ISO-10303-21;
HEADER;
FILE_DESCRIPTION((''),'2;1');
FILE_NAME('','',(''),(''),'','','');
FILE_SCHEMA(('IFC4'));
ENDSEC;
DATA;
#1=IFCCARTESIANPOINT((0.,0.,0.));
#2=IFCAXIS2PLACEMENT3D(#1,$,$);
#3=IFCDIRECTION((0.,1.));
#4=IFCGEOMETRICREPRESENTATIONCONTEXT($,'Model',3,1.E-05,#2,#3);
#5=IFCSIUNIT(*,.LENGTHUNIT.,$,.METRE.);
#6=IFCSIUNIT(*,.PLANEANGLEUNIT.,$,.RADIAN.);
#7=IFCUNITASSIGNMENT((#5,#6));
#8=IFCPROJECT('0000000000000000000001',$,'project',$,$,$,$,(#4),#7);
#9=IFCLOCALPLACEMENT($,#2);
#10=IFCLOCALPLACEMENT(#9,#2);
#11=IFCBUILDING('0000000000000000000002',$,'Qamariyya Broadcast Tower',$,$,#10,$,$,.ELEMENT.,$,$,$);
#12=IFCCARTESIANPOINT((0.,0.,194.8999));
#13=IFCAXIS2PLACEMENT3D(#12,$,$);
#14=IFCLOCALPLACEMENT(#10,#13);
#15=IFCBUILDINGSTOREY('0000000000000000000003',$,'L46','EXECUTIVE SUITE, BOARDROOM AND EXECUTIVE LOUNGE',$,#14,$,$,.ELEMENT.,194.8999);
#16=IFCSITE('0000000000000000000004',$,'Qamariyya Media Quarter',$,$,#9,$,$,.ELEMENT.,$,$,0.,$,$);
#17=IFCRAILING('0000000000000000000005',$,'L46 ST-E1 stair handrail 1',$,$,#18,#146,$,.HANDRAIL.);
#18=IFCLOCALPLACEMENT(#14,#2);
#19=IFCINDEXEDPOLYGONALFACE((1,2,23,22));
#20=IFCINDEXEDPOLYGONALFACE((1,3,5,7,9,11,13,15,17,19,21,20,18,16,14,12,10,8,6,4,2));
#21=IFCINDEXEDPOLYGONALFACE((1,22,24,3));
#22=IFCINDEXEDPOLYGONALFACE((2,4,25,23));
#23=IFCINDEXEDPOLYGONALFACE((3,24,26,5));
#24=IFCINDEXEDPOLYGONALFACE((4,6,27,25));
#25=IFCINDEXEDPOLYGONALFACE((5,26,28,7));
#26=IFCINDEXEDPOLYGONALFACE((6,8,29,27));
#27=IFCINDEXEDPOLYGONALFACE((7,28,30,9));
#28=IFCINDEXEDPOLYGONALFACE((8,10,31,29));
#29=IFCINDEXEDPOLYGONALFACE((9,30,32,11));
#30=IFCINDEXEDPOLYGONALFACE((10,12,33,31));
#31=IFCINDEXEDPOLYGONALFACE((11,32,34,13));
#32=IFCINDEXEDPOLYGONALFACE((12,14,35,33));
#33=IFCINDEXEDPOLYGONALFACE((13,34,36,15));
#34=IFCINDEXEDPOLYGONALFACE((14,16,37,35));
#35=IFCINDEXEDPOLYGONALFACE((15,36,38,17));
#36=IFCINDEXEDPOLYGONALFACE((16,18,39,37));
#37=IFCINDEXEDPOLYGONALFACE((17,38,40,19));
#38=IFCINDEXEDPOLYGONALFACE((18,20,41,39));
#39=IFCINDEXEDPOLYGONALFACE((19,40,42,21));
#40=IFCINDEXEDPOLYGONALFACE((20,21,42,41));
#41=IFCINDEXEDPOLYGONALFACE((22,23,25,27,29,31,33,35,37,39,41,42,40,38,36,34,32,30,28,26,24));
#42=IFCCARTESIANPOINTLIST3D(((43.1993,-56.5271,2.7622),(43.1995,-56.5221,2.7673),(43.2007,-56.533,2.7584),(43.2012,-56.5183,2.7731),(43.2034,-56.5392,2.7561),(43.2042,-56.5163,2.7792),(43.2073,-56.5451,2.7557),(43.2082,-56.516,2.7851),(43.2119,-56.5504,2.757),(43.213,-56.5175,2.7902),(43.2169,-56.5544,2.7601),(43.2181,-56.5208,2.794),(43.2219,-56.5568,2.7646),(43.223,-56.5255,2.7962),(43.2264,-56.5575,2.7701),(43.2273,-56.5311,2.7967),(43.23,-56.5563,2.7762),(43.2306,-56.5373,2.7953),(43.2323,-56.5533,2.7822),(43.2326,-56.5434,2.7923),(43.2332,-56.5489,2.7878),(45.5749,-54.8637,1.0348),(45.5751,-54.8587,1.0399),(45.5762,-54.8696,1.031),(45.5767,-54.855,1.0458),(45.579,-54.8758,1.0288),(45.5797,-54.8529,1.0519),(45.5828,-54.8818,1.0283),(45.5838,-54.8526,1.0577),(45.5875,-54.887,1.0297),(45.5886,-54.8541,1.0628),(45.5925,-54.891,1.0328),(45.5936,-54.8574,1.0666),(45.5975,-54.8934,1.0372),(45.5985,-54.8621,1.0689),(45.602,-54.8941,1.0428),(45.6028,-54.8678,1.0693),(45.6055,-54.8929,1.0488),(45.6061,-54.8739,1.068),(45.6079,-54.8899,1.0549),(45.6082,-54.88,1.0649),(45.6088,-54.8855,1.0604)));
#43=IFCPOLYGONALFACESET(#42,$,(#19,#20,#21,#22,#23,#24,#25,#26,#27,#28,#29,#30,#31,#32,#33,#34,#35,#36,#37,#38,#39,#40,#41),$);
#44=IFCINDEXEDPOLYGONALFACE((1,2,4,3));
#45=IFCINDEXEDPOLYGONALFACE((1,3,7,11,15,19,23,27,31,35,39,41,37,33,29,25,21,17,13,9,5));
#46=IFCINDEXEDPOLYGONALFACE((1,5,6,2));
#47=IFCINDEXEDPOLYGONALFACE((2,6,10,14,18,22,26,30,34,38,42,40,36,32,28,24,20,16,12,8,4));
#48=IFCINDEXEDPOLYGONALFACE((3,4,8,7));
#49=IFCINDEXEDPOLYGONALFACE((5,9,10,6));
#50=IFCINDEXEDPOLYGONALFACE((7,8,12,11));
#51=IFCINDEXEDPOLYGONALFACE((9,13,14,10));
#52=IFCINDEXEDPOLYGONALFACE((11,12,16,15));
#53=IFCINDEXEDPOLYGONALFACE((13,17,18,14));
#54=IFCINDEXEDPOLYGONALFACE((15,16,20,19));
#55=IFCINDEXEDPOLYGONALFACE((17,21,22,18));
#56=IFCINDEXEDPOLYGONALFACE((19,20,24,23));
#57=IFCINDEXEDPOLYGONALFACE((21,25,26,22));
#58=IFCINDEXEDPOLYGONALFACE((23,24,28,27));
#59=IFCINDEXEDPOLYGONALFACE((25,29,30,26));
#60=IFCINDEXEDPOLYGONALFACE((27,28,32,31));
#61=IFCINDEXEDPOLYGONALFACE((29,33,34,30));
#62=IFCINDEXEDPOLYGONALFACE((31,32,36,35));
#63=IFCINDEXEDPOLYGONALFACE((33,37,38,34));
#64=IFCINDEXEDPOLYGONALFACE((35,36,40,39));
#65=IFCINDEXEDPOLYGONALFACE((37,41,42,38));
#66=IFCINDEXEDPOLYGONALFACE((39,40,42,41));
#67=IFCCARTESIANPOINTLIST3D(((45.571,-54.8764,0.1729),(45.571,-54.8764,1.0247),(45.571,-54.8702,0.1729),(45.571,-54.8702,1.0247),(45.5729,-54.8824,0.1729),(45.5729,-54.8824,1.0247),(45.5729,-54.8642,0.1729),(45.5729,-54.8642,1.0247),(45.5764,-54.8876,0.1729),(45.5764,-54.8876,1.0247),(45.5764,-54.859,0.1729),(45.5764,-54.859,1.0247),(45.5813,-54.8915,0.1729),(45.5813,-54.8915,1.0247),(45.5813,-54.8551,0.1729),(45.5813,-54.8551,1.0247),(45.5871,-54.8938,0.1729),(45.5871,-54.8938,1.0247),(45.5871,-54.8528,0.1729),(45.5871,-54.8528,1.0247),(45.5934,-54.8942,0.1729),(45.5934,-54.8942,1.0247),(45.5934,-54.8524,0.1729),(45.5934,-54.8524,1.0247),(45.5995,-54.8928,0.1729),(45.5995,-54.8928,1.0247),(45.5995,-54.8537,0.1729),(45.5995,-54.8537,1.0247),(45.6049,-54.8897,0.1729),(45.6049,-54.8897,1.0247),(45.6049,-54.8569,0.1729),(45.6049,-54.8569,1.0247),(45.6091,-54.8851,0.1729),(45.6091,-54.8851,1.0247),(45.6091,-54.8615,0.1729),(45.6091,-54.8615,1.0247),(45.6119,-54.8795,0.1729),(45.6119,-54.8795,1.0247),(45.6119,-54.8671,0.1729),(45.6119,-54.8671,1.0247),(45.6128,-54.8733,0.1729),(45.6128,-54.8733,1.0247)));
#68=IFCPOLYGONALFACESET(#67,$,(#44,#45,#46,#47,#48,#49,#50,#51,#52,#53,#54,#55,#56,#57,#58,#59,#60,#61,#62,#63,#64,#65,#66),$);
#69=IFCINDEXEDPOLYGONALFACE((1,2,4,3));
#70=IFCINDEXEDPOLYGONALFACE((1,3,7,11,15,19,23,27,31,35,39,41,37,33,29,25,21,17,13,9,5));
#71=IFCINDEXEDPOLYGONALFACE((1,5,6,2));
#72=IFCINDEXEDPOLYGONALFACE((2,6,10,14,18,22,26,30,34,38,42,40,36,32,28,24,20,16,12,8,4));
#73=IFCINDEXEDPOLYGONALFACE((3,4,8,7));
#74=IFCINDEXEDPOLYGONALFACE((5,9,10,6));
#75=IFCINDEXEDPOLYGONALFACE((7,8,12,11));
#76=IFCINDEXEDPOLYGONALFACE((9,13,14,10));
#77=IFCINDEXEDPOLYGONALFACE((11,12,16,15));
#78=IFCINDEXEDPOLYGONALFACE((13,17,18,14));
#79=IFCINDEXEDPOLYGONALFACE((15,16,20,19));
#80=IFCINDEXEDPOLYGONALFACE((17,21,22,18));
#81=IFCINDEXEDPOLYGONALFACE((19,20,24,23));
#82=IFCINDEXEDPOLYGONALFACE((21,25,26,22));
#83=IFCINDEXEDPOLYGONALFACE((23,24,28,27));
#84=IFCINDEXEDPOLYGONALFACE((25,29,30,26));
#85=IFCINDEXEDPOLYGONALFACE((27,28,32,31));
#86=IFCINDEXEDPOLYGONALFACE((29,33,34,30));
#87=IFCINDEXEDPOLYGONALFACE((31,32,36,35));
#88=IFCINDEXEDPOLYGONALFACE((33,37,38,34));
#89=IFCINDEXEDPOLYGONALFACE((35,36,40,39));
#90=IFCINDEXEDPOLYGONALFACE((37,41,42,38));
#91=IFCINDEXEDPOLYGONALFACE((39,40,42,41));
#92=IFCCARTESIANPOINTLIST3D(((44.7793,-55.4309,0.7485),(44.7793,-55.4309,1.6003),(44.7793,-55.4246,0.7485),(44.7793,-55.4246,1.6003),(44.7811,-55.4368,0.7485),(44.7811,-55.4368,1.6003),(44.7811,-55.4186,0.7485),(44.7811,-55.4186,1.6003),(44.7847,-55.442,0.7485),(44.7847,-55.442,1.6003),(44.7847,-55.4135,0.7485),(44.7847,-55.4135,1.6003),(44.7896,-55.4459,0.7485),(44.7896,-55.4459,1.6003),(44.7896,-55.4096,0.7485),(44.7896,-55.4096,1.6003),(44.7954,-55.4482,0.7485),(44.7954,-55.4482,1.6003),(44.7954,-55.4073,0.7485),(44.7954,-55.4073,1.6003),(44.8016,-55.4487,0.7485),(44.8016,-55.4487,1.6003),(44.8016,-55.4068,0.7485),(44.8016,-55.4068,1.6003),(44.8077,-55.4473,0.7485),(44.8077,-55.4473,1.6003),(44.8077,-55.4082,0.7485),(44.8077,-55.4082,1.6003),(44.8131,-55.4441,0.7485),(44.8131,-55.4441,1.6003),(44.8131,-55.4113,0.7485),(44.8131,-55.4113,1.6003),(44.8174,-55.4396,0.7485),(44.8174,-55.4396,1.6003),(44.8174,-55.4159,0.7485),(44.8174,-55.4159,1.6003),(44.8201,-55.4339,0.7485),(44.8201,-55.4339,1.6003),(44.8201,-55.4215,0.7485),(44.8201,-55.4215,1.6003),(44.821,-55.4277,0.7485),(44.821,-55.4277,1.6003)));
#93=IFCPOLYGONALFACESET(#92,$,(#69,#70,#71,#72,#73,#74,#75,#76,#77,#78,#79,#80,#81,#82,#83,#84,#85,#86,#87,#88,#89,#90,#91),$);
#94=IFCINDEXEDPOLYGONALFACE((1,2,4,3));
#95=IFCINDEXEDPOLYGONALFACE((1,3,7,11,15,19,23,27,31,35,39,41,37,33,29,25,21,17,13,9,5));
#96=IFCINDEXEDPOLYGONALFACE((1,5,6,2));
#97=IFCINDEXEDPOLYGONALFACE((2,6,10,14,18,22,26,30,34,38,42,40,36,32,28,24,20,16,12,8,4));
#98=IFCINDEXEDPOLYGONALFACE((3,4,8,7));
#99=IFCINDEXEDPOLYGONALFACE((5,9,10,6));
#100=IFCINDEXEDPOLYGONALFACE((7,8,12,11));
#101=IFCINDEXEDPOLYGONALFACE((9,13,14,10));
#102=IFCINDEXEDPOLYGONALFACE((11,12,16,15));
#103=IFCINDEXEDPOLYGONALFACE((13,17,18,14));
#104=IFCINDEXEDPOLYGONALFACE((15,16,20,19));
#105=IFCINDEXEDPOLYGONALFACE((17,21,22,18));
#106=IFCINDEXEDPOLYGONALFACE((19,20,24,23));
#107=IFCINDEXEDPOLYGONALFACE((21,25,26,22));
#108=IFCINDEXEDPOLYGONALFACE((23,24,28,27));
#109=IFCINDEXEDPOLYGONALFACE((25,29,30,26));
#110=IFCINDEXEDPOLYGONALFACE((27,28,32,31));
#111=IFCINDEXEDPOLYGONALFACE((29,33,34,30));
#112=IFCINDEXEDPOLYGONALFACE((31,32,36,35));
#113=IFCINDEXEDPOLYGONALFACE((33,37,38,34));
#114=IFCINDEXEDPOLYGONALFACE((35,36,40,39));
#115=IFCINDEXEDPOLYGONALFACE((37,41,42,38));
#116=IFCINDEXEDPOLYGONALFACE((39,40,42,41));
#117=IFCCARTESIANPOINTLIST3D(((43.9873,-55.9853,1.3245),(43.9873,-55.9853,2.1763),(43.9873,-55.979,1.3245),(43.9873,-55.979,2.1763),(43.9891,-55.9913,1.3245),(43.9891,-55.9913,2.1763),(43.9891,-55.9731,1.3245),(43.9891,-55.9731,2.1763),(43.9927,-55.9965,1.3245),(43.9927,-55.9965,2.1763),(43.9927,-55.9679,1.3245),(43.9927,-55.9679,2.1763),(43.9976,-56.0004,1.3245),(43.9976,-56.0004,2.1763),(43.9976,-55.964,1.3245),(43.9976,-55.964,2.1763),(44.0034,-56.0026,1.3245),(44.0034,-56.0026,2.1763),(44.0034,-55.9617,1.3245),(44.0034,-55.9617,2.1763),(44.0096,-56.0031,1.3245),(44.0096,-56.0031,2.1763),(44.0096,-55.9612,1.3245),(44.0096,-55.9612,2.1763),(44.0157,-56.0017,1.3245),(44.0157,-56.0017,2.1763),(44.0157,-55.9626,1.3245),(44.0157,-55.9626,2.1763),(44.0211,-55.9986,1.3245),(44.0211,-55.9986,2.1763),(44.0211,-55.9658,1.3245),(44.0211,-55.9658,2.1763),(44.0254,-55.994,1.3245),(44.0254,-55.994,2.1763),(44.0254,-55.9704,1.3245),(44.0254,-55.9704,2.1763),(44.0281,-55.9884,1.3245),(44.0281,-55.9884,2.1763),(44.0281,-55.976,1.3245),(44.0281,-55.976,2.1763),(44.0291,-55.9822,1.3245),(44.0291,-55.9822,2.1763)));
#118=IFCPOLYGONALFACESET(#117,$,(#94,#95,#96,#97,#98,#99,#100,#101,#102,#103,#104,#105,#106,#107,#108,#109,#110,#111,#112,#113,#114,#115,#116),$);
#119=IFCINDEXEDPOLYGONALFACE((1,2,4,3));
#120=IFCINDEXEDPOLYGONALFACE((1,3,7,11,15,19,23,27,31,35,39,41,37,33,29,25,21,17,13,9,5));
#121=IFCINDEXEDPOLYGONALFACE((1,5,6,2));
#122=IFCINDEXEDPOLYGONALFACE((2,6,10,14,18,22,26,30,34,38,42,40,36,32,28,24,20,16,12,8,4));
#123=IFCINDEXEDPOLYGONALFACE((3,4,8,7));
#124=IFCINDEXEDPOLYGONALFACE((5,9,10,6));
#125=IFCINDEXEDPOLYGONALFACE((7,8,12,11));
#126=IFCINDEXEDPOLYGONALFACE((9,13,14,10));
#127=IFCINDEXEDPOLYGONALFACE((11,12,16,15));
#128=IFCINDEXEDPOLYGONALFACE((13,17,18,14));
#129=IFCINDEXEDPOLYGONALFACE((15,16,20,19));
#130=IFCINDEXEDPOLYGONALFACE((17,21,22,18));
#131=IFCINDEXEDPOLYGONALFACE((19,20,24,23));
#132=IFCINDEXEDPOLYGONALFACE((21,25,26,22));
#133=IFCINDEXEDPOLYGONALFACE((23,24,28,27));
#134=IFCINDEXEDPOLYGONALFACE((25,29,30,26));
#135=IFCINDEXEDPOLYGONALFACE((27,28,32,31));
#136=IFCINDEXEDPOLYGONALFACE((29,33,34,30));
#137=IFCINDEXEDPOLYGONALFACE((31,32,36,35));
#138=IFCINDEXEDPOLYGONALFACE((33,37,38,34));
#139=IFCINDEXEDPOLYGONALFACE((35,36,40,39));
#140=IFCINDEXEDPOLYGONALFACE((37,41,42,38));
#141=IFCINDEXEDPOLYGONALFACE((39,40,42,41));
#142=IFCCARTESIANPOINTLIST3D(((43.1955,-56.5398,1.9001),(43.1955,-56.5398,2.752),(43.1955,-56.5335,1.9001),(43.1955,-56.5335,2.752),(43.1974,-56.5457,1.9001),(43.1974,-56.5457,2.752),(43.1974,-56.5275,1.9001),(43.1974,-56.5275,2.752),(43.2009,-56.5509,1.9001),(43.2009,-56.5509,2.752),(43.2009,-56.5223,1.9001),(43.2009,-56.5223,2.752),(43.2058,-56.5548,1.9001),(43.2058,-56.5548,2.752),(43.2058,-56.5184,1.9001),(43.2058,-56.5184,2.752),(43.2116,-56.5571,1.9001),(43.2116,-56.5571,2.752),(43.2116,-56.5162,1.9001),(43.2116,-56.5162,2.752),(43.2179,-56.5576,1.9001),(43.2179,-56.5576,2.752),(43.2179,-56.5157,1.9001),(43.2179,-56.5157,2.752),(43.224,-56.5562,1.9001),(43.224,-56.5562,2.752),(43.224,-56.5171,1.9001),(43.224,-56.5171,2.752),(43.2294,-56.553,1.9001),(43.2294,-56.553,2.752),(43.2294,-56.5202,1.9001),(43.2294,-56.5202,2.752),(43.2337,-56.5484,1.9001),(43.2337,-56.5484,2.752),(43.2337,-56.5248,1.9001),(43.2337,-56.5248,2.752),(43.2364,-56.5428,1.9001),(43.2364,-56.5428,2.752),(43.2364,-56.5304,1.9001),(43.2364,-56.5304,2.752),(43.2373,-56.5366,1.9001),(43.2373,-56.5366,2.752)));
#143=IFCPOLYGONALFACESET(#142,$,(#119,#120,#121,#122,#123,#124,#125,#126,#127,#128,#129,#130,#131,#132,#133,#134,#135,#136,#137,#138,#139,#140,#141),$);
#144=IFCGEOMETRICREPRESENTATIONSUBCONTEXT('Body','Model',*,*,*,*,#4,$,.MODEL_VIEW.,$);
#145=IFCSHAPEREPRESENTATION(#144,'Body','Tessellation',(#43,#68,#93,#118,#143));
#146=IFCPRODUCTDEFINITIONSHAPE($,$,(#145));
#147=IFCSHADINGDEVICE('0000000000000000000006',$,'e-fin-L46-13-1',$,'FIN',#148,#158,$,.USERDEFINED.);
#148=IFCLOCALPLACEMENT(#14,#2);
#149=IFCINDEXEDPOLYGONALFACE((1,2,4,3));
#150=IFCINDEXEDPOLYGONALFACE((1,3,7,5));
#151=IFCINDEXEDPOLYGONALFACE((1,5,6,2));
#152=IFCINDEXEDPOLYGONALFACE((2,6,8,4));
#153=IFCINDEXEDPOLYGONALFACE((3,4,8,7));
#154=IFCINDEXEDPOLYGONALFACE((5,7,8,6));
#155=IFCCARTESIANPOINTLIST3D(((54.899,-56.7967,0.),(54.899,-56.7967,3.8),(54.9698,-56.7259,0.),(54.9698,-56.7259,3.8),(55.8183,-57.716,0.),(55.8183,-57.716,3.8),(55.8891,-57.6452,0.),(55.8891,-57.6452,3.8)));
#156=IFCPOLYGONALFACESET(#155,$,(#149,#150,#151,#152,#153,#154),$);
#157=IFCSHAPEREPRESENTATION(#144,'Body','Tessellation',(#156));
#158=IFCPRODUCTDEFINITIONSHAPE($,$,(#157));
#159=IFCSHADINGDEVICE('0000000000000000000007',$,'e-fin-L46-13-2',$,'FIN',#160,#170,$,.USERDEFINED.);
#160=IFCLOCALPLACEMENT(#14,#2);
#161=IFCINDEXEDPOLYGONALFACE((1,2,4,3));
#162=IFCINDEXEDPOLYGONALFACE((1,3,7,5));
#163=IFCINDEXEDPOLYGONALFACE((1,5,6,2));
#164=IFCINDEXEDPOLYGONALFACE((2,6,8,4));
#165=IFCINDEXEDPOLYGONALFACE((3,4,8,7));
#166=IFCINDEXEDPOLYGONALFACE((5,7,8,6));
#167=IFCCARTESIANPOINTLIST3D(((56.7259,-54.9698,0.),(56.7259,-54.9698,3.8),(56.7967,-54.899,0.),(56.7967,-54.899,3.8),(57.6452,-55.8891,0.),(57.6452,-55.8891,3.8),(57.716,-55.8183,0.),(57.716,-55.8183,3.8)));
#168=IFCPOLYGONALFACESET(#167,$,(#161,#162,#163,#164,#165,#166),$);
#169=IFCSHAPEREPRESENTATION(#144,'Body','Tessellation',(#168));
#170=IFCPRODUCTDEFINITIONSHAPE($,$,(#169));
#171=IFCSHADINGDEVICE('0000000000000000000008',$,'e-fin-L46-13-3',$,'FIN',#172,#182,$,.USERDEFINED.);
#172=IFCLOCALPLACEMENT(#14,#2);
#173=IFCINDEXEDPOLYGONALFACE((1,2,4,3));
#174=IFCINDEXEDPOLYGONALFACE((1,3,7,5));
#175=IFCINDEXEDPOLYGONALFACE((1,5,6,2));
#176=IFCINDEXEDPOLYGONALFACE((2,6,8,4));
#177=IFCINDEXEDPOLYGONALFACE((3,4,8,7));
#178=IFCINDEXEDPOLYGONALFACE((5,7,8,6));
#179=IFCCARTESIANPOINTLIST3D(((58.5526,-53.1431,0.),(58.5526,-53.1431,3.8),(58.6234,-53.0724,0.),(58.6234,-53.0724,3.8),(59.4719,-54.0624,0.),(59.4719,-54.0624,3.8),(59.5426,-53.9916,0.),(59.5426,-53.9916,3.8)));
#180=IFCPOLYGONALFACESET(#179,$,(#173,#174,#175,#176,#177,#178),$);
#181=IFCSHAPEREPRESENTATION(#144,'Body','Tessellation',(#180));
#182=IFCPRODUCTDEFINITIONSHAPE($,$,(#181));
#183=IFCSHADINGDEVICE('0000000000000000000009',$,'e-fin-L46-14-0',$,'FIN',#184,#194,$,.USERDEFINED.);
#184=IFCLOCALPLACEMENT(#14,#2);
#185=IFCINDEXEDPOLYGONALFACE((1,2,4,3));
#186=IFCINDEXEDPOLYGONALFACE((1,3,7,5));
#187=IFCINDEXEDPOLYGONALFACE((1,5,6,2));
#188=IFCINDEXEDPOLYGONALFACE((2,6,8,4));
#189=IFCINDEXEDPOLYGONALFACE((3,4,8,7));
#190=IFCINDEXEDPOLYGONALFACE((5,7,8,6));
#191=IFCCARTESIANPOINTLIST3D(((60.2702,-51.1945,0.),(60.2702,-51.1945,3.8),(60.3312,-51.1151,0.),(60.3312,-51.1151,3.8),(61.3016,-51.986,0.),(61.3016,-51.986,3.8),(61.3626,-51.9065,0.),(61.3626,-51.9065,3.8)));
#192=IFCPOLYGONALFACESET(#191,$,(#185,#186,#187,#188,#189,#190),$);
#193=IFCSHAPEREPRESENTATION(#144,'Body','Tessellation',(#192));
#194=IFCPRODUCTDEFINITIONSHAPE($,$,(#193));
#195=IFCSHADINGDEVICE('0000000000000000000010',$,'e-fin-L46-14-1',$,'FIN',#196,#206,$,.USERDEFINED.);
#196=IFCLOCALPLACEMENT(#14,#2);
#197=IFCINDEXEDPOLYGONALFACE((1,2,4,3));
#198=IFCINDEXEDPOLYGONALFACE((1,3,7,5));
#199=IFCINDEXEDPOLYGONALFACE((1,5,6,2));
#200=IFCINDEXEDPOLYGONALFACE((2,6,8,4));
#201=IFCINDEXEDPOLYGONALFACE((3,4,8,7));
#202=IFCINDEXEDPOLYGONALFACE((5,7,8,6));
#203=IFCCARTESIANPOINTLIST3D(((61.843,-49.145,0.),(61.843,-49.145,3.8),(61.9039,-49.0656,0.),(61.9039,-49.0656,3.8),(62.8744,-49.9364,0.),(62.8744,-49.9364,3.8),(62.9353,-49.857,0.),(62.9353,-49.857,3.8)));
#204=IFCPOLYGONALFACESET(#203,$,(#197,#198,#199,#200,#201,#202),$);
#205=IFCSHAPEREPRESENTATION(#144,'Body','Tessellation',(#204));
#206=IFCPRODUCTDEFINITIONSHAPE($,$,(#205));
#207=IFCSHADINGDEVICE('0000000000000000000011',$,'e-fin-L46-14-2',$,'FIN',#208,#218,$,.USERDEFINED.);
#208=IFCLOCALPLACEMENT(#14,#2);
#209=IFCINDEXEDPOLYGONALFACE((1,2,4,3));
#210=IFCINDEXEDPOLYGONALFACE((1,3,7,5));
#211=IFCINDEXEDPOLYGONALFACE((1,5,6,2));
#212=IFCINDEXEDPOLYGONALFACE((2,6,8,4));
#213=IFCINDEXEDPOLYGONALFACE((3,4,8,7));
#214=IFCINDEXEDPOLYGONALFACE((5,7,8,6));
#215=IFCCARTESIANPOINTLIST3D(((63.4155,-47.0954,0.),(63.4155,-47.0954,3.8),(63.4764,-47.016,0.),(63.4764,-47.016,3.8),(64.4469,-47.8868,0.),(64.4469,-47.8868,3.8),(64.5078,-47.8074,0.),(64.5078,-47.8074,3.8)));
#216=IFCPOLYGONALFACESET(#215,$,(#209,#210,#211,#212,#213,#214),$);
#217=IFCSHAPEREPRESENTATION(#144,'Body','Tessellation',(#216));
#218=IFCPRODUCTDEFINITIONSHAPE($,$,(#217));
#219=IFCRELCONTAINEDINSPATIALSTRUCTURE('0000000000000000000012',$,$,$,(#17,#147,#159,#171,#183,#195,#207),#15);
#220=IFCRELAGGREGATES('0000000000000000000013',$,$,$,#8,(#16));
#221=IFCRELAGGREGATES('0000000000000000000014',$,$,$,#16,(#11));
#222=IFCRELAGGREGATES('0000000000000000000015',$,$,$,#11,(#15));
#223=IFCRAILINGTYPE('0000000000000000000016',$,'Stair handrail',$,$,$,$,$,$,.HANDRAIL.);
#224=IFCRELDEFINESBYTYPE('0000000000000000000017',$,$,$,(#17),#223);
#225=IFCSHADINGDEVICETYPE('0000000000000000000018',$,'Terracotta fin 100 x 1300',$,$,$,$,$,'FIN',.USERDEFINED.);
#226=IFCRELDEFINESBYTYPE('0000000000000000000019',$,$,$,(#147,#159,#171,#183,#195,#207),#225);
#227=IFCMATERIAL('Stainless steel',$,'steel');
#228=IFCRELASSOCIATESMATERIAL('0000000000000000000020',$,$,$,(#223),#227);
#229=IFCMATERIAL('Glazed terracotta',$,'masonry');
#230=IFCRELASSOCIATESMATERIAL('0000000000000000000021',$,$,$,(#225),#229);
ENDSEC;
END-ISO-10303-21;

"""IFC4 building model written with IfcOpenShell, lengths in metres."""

from ifc_helpers import new_model, si_unit, direction, frame, origin, origin_2d, place, context, subcontext, project, spatial, rectangle, circle, extrude, material, material_profile, profile_set, type_object, element, save


model = new_model("IFC4")

# Units and contexts
model_context = context("Model", 3, precision=1e-05, world=origin(), true_north=direction((0.0, 1.0)))
body_context = subcontext(model_context, "Body", "Model", "MODEL_VIEW")
ifc_project = project(units=[si_unit("LENGTHUNIT", "METRE"), si_unit("PLANEANGLEUNIT", "RADIAN")], contexts=[model_context])

# Site, building, storey
site_placement = place(None, origin())
site = spatial("IfcSite", under=ifc_project, at=site_placement, Name="Qamariyya Media Quarter", CompositionType="ELEMENT", RefElevation=0.0)
building_placement = place(site_placement, origin())
building = spatial("IfcBuilding", under=site, at=building_placement, Name="Qamariyya Broadcast Tower", CompositionType="ELEMENT")
storey_placement = place(building_placement, frame((0.0, 0.0, 194.8999)))
storey = spatial("IfcBuildingStorey", under=building, at=storey_placement, Name="L46", Description="EXECUTIVE SUITE, BOARDROOM AND EXECUTIVE LOUNGE", CompositionType="ELEMENT", Elevation=194.8999)

# Railing
ifc_material_1 = material(Name="Stainless steel", Category="steel")
railing_type_1 = type_object("IfcRailingType", Name="Stair handrail", PredefinedType="HANDRAIL", material=ifc_material_1)
railing_1_placement = place(storey_placement, frame((45.5918, -54.8733, 0.1729)))
element("IfcRailing", 1, at=railing_1_placement, inside=storey, type_object=railing_type_1, Name="L46 ST-E1 stair handrail 1", PredefinedType="HANDRAIL", context=body_context, shape_type="SweptSolid", body=[
    extrude(circle(Radius=0.0239, at=origin_2d()), frame((0.0, 0.0, 0.876), z_axis=(-0.70377, -0.492784, 0.511734), x_axis=(0.573575, -0.819153, 0.0)), (0.0, 0.0, 1.0), 3.3755),
    extrude(circle(Radius=0.021, at=origin_2d()), origin(), (0.0, 0.0, 1.0), 0.8518),
    extrude(circle(Radius=0.021, at=origin_2d()), frame((-0.7917, -0.5544, 0.5757)), (0.0, 0.0, 1.0), 0.8518),
    extrude(circle(Radius=0.021, at=origin_2d()), frame((-1.5837, -1.1089, 1.1516)), (0.0, 0.0, 1.0), 0.8518),
    extrude(circle(Radius=0.021, at=origin_2d()), frame((-2.3755, -1.6633, 1.7273)), (0.0, 0.0, 1.0), 0.8518),
])

# Shading devices
ifc_material_2 = material(Name="Glazed terracotta", Category="masonry")
ifc_material_profile_1 = material_profile(ifc_material_2, rectangle(XDim=1.3, YDim=0.1001, at=origin_2d()))
ifc_profile_set_1 = profile_set([ifc_material_profile_1], Name="Glazed terracotta")
shading_device_type_1 = type_object("IfcShadingDeviceType", Name="Terracotta fin 100 x 1300", ElementType="FIN", PredefinedType="USERDEFINED", material=ifc_profile_set_1)
for number, where, z_axis, x_axis, name in (
    (2, (55.394, -57.2209, 0.0), (0.0, 0.0, 1.0), (0.707107, -0.707107, 0.0), "e-fin-L46-13-1"),
    (3, (57.2209, -55.394, 0.0), (0.0, 0.0, 1.0), (0.707107, -0.707107, 0.0), "e-fin-L46-13-2"),
    (4, (59.0476, -53.5674, 0.0), (0.0, 0.0, 1.0), (0.707107, -0.707107, 0.0), "e-fin-L46-13-3"),
    (5, (60.8164, -51.5505, 0.0), (0.0, 0.0, 1.0), (0.793353, -0.608761, 0.0), "e-fin-L46-14-0"),
    (6, (62.3892, -49.501, 0.0), (0.0, 0.0, 1.0), (0.793353, -0.608761, 0.0), "e-fin-L46-14-1"),
    (7, (63.9617, -47.4514, 0.0), (0.0, 0.0, 1.0), (0.793353, -0.608761, 0.0), "e-fin-L46-14-2"),
):
    element("IfcShadingDevice", number, at=place(storey_placement, frame(where, z_axis=z_axis, x_axis=x_axis)), inside=storey, type_object=shading_device_type_1, Name=name, ObjectType="FIN", PredefinedType="USERDEFINED", context=body_context, shape_type="SweptSolid", body=[
        extrude(rectangle(XDim=1.3, YDim=0.1001, at=origin_2d()), origin(), (0.0, 0.0, 1.0), 3.8),
    ])

save(model, "model.ifc")
